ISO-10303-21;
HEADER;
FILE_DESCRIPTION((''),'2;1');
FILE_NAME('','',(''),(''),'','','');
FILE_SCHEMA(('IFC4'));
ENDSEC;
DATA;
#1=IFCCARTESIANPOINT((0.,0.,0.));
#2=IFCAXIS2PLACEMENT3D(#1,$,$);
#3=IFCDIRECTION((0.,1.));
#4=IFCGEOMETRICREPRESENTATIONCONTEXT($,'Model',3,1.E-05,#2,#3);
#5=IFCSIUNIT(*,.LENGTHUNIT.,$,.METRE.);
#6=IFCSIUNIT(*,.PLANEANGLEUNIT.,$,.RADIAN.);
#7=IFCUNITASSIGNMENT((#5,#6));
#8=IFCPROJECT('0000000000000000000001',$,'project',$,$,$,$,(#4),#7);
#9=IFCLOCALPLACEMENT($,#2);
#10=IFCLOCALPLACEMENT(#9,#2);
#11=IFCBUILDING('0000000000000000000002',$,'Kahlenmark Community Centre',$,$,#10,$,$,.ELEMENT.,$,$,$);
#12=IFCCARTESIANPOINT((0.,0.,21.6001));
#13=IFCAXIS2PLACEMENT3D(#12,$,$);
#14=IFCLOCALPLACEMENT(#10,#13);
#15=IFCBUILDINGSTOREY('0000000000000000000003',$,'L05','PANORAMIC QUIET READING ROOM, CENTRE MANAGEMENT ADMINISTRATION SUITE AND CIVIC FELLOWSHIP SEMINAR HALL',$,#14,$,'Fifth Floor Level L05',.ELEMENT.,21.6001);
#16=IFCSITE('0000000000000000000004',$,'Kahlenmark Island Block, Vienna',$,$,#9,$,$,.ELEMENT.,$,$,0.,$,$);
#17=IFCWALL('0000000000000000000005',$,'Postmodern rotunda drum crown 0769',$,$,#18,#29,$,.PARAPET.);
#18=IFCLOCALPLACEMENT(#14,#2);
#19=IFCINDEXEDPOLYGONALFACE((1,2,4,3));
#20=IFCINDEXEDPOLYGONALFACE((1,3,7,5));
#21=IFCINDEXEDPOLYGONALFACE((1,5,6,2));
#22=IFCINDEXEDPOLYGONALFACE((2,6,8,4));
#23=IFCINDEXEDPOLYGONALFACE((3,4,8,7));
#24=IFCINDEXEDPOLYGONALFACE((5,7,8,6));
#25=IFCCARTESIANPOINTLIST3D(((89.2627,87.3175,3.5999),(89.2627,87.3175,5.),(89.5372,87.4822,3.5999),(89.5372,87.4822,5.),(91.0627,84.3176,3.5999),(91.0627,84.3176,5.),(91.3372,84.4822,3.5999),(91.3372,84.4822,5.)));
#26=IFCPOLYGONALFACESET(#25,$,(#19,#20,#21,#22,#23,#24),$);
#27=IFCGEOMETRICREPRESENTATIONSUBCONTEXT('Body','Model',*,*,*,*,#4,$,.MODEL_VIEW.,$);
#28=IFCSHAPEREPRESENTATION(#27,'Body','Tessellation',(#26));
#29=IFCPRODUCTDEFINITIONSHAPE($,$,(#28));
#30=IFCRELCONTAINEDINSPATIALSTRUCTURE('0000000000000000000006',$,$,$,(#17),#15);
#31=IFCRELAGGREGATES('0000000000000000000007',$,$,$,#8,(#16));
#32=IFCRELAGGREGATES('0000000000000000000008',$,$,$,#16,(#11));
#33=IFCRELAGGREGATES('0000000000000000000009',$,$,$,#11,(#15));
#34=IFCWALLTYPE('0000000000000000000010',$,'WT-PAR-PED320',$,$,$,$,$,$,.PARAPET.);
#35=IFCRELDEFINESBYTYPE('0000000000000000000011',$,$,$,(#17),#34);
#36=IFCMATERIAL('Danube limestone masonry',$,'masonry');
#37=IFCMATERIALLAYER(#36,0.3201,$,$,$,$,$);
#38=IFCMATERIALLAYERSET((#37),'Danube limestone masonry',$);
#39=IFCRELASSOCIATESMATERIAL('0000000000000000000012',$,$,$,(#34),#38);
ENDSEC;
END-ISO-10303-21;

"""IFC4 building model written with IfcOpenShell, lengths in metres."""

from ifc_helpers import new_model, si_unit, direction, frame, frame_2d, origin, place, context, subcontext, project, spatial, rectangle, extrude, material, layer, layer_set, type_object, element, save


model = new_model("IFC4")

# Units and contexts
model_context = context("Model", 3, precision=1e-05, world=origin(), true_north=direction((0.0, 1.0)))
body_context = subcontext(model_context, "Body", "Model", "MODEL_VIEW")
ifc_project = project(units=[si_unit("LENGTHUNIT", "METRE"), si_unit("PLANEANGLEUNIT", "RADIAN")], contexts=[model_context])

# Site, building, storey
site_placement = place(None, origin())
site = spatial("IfcSite", under=ifc_project, at=site_placement, Name="Kahlenmark Island Block, Vienna", CompositionType="ELEMENT", RefElevation=0.0)
building_placement = place(site_placement, origin())
building = spatial("IfcBuilding", under=site, at=building_placement, Name="Kahlenmark Community Centre", CompositionType="ELEMENT")
storey_placement = place(building_placement, frame((0.0, 0.0, 21.6001)))
storey = spatial("IfcBuildingStorey", under=building, at=storey_placement, Name="L05", Description="PANORAMIC QUIET READING ROOM, CENTRE MANAGEMENT ADMINISTRATION SUITE AND CIVIC FELLOWSHIP SEMINAR HALL", LongName="Fifth Floor Level L05", CompositionType="ELEMENT", Elevation=21.6001)

# Wall
ifc_material_1 = material(Name="Danube limestone masonry", Category="masonry")
ifc_layer_1 = layer(ifc_material_1, 0.3201)
ifc_layer_set_1 = layer_set([ifc_layer_1], Name="Danube limestone masonry")
wall_type_1 = type_object("IfcWallType", Name="WT-PAR-PED320", PredefinedType="PARAPET", material=ifc_layer_set_1)
wall_1_placement = place(storey_placement, frame((91.2, 84.3999, 3.5999), z_axis=(0.0, 0.0, 1.0), x_axis=(-0.514506, 0.857487, 0.0)))
element("IfcWall", 1, at=wall_1_placement, inside=storey, type_object=wall_type_1, Name="Postmodern rotunda drum crown 0769", PredefinedType="PARAPET", context=body_context, shape_type="SweptSolid", body=[
    extrude(rectangle(XDim=3.4985, YDim=0.3201, at=frame_2d((1.7493, 0.0))), origin(), (0.0, 0.0, 1.0), 1.4001),
])

save(model, "model.ifc")
